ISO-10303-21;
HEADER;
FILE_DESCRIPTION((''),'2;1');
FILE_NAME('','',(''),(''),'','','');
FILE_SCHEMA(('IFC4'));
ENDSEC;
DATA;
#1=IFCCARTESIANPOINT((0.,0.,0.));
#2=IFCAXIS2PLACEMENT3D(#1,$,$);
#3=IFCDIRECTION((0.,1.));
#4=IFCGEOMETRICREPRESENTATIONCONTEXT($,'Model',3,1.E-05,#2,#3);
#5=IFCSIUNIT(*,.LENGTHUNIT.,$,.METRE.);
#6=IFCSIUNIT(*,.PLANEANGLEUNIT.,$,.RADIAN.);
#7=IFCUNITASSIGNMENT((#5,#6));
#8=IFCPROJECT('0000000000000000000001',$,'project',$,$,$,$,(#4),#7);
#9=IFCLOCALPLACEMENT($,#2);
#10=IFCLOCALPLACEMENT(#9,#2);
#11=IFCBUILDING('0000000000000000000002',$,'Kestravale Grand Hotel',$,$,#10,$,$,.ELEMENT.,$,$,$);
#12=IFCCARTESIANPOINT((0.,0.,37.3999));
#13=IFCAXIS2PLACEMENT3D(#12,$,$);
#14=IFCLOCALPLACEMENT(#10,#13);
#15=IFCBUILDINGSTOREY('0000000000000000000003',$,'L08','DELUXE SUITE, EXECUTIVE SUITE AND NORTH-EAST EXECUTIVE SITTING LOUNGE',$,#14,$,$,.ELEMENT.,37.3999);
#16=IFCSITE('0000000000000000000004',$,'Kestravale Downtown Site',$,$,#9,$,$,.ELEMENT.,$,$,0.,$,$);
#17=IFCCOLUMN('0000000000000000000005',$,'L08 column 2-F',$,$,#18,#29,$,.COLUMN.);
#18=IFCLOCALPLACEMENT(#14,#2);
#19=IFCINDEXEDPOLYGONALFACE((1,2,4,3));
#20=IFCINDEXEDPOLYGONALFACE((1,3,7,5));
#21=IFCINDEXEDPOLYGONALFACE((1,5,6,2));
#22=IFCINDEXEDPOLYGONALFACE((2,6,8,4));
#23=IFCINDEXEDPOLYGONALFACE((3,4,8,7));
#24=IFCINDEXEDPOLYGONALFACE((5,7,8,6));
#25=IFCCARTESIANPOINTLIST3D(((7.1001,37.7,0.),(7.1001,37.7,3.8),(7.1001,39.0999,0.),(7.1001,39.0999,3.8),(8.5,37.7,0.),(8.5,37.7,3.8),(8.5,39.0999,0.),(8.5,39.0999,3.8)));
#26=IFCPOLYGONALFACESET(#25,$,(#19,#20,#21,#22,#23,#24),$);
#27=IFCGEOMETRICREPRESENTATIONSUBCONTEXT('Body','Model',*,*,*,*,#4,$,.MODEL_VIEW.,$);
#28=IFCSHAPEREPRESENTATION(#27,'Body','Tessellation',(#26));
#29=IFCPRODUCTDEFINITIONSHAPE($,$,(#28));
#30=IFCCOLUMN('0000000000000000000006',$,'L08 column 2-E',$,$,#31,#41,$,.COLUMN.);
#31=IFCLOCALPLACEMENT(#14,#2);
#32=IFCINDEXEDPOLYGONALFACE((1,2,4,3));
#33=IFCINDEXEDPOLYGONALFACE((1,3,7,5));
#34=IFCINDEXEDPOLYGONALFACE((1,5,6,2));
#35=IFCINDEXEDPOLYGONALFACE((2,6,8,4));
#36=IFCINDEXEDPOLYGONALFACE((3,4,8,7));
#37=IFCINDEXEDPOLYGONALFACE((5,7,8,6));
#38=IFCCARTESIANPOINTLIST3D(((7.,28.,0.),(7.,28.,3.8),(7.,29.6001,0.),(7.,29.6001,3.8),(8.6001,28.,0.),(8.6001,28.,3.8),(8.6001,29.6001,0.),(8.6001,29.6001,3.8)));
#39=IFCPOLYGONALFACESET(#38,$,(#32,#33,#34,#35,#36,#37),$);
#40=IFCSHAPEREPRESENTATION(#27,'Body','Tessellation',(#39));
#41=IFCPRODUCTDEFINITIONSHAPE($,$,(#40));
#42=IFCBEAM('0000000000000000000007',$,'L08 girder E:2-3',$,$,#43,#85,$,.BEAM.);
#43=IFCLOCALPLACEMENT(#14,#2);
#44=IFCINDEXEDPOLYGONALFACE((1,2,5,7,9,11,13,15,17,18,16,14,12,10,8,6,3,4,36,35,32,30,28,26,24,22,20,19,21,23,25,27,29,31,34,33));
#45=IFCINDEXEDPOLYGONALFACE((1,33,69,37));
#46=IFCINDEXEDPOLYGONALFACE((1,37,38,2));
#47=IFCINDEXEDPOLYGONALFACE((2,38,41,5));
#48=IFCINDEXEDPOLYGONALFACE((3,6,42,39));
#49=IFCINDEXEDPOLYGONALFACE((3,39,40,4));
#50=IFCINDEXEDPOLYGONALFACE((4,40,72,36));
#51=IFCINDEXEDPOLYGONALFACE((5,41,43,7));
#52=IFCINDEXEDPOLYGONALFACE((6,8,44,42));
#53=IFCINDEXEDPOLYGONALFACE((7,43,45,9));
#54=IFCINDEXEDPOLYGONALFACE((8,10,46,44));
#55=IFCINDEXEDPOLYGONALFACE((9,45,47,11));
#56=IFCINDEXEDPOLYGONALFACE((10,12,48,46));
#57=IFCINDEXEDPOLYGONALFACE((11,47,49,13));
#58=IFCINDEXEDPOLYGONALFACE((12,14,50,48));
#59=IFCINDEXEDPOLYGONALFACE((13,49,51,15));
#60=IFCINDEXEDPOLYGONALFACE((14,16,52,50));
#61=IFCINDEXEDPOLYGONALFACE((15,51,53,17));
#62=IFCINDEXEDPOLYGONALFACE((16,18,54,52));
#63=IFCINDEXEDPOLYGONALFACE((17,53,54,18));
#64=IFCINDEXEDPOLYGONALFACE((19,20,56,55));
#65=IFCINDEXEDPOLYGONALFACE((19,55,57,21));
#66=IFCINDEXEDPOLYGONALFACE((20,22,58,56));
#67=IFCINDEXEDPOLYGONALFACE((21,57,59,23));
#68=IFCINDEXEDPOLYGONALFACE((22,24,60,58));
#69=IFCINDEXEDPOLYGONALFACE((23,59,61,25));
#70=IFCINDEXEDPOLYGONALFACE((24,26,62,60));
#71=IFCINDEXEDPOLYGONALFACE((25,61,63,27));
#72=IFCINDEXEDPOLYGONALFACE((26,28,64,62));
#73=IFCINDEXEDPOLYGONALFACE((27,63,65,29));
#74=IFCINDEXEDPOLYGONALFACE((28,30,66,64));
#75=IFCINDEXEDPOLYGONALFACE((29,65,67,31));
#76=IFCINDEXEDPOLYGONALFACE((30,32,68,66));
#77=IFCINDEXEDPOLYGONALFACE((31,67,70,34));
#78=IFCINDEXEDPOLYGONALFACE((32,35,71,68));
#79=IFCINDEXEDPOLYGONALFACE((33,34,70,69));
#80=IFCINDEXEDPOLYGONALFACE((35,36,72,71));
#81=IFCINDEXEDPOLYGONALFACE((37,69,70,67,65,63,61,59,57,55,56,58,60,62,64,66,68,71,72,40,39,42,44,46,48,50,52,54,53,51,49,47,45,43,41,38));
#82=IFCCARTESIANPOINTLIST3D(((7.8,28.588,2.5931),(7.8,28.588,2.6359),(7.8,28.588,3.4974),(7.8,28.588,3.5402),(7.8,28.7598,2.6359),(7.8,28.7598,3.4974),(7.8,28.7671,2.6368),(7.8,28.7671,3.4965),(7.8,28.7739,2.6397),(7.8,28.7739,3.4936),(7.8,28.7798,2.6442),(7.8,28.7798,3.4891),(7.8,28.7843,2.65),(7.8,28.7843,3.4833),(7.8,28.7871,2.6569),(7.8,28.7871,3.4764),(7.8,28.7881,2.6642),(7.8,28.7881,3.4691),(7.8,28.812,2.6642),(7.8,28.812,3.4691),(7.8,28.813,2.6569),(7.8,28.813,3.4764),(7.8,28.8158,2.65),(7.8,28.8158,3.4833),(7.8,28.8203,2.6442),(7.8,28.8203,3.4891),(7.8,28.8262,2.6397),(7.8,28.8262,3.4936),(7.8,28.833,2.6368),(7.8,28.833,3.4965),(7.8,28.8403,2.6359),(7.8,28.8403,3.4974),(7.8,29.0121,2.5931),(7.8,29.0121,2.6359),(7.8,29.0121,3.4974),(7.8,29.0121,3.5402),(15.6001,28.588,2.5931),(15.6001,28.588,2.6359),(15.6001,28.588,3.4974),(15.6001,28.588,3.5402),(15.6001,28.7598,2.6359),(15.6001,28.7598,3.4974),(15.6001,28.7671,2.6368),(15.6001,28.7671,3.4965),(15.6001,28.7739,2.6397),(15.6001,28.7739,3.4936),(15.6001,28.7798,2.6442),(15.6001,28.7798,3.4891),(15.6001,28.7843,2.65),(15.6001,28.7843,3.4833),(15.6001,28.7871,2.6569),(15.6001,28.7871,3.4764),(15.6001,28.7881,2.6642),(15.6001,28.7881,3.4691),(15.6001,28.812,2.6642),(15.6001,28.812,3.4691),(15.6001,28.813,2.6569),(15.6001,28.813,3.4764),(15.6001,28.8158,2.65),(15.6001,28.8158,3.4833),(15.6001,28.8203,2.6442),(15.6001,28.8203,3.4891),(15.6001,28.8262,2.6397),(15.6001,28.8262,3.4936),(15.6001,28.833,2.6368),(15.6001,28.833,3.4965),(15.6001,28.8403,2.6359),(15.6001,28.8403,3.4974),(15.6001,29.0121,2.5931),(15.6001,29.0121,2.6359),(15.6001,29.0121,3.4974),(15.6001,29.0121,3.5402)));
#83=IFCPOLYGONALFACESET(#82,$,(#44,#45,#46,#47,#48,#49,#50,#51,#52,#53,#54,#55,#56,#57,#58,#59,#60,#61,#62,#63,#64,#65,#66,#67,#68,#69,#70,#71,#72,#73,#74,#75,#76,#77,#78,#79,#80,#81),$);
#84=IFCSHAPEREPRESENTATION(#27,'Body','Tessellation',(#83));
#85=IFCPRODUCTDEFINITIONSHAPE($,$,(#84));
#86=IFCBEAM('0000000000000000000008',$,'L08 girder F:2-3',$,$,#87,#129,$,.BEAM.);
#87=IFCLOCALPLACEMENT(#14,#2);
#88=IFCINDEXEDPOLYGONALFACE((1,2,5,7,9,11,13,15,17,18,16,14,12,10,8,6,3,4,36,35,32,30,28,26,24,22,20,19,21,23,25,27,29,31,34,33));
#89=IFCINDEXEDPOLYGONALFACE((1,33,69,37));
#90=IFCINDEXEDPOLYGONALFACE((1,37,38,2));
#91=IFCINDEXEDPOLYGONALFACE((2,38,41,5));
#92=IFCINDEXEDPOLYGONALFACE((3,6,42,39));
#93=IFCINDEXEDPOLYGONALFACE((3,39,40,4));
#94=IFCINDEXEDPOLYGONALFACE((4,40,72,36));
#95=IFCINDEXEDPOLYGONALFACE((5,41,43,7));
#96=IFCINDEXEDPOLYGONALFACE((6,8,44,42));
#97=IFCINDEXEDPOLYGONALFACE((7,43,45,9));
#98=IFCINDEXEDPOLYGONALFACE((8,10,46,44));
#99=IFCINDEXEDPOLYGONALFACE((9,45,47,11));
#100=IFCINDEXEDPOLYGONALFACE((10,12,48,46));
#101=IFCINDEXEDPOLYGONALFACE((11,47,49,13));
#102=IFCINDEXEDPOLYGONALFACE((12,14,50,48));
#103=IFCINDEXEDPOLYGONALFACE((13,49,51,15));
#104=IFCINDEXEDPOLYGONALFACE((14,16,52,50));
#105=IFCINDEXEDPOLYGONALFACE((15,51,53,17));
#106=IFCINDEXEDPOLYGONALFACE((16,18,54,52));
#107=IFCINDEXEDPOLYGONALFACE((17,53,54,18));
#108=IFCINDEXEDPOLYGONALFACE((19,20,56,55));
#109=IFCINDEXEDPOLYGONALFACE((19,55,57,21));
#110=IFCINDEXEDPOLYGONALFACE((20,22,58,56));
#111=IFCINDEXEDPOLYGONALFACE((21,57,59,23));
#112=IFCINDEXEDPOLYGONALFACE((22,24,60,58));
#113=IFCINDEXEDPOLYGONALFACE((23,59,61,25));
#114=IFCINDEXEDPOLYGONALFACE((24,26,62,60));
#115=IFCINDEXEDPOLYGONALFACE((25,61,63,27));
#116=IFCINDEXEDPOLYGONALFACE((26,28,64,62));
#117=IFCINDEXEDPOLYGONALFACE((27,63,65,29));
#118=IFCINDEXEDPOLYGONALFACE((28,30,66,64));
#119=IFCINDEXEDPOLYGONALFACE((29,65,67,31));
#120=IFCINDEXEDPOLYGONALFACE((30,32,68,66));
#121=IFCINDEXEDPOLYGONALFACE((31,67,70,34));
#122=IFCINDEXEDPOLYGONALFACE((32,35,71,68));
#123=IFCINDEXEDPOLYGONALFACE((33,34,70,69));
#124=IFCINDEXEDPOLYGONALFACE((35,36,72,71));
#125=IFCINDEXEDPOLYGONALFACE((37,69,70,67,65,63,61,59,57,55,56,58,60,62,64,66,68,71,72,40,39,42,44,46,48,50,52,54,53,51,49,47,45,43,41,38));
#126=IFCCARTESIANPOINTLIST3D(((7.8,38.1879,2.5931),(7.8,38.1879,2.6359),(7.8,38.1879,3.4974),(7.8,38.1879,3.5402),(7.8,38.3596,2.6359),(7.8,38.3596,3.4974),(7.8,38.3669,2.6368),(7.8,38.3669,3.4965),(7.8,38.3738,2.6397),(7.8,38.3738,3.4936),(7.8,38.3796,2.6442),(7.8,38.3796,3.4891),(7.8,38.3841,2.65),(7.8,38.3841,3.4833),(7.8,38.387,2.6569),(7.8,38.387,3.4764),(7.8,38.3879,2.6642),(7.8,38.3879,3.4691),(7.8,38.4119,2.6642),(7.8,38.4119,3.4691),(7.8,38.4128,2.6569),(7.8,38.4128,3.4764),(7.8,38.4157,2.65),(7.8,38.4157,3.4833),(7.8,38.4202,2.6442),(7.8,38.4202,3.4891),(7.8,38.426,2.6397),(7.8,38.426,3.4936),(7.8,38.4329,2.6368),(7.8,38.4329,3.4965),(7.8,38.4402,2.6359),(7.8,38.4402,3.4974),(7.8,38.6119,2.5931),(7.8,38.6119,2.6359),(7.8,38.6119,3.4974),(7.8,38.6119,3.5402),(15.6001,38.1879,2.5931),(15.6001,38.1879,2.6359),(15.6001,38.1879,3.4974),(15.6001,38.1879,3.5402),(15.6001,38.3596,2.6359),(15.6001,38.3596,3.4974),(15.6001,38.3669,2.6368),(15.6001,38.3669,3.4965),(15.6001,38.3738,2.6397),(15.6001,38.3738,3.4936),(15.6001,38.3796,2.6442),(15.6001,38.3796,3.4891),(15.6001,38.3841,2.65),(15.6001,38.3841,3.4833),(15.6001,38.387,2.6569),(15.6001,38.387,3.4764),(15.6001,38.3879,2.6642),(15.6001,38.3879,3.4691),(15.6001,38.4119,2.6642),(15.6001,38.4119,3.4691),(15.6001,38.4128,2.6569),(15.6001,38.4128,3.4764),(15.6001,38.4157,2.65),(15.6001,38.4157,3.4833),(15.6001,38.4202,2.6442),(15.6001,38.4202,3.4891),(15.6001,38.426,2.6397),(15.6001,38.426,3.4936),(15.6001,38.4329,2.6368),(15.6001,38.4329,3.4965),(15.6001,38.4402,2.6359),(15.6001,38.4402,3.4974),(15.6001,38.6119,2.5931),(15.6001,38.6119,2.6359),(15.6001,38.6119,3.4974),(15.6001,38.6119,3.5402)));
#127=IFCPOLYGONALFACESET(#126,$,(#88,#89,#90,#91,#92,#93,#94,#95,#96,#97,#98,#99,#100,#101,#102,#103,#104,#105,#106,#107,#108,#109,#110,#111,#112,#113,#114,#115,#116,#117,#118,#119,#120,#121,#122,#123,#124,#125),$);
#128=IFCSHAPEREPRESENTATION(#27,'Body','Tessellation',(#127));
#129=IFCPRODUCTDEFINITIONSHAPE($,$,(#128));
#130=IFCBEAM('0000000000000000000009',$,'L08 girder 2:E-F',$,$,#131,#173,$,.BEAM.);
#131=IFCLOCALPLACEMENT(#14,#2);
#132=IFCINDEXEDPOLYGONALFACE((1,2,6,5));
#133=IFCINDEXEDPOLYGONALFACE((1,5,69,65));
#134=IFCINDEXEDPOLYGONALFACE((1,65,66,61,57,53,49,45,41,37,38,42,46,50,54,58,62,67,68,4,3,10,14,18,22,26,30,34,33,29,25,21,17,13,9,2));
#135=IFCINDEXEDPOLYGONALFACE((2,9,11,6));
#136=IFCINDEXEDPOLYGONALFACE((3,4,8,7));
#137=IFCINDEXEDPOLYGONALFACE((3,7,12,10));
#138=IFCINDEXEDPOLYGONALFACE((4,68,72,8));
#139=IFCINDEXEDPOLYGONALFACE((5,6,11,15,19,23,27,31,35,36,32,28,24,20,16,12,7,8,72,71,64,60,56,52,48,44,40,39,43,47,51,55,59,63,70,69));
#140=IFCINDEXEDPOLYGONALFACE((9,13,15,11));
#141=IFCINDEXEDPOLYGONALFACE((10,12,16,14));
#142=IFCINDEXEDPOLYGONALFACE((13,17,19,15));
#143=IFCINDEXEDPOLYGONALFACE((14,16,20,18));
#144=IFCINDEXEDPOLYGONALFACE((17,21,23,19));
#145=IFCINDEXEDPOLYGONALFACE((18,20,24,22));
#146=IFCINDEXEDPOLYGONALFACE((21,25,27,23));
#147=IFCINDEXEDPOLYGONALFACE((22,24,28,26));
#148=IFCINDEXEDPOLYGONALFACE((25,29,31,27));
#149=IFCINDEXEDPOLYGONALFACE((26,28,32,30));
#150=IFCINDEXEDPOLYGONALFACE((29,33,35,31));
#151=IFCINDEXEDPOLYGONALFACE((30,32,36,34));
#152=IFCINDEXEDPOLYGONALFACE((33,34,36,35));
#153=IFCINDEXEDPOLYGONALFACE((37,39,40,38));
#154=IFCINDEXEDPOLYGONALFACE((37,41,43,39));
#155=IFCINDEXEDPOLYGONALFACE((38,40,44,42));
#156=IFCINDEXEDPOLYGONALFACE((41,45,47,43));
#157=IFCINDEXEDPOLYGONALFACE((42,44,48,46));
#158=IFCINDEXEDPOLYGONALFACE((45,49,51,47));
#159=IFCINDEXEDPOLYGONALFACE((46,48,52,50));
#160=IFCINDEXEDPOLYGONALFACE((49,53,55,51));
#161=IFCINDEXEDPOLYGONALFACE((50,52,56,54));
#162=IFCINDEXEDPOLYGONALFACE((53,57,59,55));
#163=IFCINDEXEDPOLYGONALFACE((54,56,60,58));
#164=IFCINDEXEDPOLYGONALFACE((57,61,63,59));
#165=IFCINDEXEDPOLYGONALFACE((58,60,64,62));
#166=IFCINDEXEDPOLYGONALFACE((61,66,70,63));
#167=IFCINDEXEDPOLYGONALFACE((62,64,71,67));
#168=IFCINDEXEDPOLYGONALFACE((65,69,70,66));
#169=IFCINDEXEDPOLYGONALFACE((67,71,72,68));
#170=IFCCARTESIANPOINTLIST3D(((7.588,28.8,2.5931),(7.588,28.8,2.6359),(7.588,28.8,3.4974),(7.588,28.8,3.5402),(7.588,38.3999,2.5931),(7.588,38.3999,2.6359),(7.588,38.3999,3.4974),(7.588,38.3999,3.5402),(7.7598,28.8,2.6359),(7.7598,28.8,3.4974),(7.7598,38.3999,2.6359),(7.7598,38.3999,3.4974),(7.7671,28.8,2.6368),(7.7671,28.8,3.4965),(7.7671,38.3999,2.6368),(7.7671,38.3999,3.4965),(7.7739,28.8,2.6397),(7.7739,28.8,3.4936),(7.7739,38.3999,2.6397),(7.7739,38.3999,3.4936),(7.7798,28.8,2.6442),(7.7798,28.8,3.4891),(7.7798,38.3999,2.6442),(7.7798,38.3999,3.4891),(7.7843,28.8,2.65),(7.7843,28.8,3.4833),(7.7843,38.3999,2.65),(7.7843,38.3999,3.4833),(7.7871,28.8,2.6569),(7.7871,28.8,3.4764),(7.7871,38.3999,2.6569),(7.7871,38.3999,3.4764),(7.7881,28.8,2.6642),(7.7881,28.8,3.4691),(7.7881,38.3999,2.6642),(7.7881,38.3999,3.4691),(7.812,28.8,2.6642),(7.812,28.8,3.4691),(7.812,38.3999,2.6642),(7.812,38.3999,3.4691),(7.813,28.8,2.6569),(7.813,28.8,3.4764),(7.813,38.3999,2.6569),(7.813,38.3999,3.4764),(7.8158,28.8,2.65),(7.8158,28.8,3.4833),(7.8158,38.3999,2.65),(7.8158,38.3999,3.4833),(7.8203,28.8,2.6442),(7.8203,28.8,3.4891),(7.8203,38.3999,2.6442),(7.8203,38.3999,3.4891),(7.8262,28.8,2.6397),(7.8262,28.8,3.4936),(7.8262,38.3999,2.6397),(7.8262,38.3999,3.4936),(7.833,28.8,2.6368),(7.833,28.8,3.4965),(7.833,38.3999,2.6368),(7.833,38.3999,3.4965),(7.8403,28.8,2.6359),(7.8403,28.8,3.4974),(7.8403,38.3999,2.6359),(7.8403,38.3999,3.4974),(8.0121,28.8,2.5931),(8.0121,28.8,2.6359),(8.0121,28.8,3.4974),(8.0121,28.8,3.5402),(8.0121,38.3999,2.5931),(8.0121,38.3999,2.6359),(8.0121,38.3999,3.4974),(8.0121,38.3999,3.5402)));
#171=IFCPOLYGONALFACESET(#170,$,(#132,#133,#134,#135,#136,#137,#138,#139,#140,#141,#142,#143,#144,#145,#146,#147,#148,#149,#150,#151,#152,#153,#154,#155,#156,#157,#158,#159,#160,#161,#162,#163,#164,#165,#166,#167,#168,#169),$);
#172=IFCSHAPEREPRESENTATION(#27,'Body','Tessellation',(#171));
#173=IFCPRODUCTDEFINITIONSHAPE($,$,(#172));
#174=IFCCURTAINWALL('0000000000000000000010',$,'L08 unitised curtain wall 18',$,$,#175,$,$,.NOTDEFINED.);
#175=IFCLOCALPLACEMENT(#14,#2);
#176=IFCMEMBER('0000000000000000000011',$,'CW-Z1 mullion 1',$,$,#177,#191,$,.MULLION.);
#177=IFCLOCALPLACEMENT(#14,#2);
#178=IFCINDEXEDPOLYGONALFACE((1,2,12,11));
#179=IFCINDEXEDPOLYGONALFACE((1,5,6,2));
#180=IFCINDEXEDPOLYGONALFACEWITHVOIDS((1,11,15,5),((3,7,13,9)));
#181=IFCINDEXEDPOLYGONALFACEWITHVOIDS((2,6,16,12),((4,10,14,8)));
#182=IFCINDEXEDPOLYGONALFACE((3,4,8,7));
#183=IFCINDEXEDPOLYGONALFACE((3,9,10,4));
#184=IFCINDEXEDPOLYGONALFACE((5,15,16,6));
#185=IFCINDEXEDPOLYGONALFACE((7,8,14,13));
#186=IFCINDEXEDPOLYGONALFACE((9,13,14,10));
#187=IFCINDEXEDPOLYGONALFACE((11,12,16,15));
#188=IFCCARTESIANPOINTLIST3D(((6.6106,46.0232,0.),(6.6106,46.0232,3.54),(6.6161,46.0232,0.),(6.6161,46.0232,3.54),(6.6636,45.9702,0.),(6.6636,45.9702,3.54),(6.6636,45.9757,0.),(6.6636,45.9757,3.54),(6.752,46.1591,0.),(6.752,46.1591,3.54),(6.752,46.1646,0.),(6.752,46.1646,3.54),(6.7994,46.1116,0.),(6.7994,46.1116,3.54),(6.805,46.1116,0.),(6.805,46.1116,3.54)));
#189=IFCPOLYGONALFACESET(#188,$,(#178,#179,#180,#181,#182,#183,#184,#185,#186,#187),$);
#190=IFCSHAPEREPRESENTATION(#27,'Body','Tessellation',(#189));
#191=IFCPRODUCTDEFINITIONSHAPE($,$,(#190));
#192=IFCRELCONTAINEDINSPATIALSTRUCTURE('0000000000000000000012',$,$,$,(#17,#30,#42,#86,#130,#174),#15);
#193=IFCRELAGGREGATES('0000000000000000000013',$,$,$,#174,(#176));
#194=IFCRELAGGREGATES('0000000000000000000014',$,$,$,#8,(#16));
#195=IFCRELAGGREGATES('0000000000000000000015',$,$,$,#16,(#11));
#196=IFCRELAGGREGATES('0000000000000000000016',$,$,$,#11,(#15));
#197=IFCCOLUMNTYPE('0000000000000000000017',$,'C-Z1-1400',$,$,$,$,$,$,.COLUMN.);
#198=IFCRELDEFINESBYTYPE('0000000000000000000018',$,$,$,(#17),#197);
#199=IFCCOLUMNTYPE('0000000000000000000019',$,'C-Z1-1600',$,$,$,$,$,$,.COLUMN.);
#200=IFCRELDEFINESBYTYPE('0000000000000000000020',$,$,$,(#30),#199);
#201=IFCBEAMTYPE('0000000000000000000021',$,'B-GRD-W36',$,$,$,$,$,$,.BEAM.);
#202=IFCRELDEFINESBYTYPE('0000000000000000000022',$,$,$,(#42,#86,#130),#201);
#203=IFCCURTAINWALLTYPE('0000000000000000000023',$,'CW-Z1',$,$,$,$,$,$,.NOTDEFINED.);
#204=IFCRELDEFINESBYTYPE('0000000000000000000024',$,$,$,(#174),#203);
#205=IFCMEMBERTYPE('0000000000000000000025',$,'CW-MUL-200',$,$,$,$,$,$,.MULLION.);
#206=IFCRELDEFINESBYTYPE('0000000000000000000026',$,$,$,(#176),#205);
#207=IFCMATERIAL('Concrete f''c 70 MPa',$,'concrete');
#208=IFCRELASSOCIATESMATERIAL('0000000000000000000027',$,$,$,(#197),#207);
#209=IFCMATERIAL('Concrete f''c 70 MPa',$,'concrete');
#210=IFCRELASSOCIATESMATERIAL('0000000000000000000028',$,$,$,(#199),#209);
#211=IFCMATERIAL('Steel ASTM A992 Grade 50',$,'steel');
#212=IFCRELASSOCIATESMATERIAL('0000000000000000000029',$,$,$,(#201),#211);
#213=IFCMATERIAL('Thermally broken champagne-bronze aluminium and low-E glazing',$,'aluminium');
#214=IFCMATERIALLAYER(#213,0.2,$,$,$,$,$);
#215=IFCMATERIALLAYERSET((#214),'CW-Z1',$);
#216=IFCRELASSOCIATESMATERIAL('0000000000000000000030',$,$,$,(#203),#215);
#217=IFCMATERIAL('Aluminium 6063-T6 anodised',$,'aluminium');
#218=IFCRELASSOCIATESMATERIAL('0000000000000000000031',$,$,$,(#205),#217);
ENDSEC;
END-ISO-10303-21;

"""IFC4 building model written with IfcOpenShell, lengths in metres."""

from ifc_helpers import new_model, si_unit, direction, frame, origin, origin_2d, place, context, subcontext, project, spatial, rectangle, hollow_rectangle, i_section, extrude, material, layer, layer_set, material_profile, profile_set, type_object, element, aggregate, save


model = new_model("IFC4")

# Units and contexts
model_context = context("Model", 3, precision=1e-05, world=origin(), true_north=direction((0.0, 1.0)))
body_context = subcontext(model_context, "Body", "Model", "MODEL_VIEW")
ifc_project = project(units=[si_unit("LENGTHUNIT", "METRE"), si_unit("PLANEANGLEUNIT", "RADIAN")], contexts=[model_context])

# Site, building, storey
site_placement = place(None, origin())
site = spatial("IfcSite", under=ifc_project, at=site_placement, Name="Kestravale Downtown Site", CompositionType="ELEMENT", RefElevation=0.0)
building_placement = place(site_placement, origin())
building = spatial("IfcBuilding", under=site, at=building_placement, Name="Kestravale Grand Hotel", CompositionType="ELEMENT")
storey_placement = place(building_placement, frame((0.0, 0.0, 37.3999)))
storey = spatial("IfcBuildingStorey", under=building, at=storey_placement, Name="L08", Description="DELUXE SUITE, EXECUTIVE SUITE AND NORTH-EAST EXECUTIVE SITTING LOUNGE", CompositionType="ELEMENT", Elevation=37.3999)

# Columns
ifc_material_1 = material(Name="Concrete f'c 70 MPa", Category="concrete")
ifc_material_profile_1 = material_profile(ifc_material_1, rectangle(XDim=1.3999, YDim=1.3999, at=origin_2d()))
ifc_profile_set_1 = profile_set([ifc_material_profile_1], Name="Concrete f'c 70 MPa")
column_type_1 = type_object("IfcColumnType", Name="C-Z1-1400", PredefinedType="COLUMN", material=ifc_profile_set_1)
column_1_placement = place(storey_placement, frame((7.8, 38.3999, 0.0), z_axis=(0.0, 0.0, 1.0), x_axis=(1.0, 0.0, 0.0)))
element("IfcColumn", 1, at=column_1_placement, inside=storey, type_object=column_type_1, Name="L08 column 2-F", PredefinedType="COLUMN", context=body_context, shape_type="SweptSolid", body=[
    extrude(rectangle(XDim=1.3999, YDim=1.3999, at=origin_2d()), origin(), (0.0, 0.0, 1.0), 3.8),
])
ifc_material_2 = material(Name="Concrete f'c 70 MPa", Category="concrete")
ifc_material_profile_2 = material_profile(ifc_material_2, rectangle(XDim=1.6001, YDim=1.6001, at=origin_2d()))
ifc_profile_set_2 = profile_set([ifc_material_profile_2], Name="Concrete f'c 70 MPa")
column_type_2 = type_object("IfcColumnType", Name="C-Z1-1600", PredefinedType="COLUMN", material=ifc_profile_set_2)
column_2_placement = place(storey_placement, frame((7.8, 28.8, 0.0), z_axis=(0.0, 0.0, 1.0), x_axis=(1.0, 0.0, 0.0)))
element("IfcColumn", 2, at=column_2_placement, inside=storey, type_object=column_type_2, Name="L08 column 2-E", PredefinedType="COLUMN", context=body_context, shape_type="SweptSolid", body=[
    extrude(rectangle(XDim=1.6001, YDim=1.6001, at=origin_2d()), origin(), (0.0, 0.0, 1.0), 3.8),
])

# Beams
ifc_material_3 = material(Name="Steel ASTM A992 Grade 50", Category="steel")
ifc_material_profile_3 = material_profile(ifc_material_3, i_section(OverallWidth=0.4241, OverallDepth=0.947, WebThickness=0.0239, FlangeThickness=0.0427, FilletRadius=0.0283, at=origin_2d()))
ifc_profile_set_3 = profile_set([ifc_material_profile_3], Name="Steel ASTM A992 Grade 50")
beam_type = type_object("IfcBeamType", Name="B-GRD-W36", PredefinedType="BEAM", material=ifc_profile_set_3)
for number, where, z_axis, x_axis, name in (
    (3, (7.8, 28.8, 3.0667), (1.0, 0.0, 0.0), (0.0, 1.0, 0.0), "L08 girder E:2-3"),
    (4, (7.8, 38.3999, 3.0667), (1.0, 0.0, 0.0), (0.0, 1.0, 0.0), "L08 girder F:2-3"),
):
    element("IfcBeam", number, at=place(storey_placement, frame(where, z_axis=z_axis, x_axis=x_axis)), inside=storey, type_object=beam_type, Name=name, PredefinedType="BEAM", context=body_context, shape_type="SweptSolid", body=[
        extrude(i_section(OverallWidth=0.4241, OverallDepth=0.947, WebThickness=0.0239, FlangeThickness=0.0427, FilletRadius=0.0283, at=origin_2d()), origin(), (0.0, 0.0, 1.0), 7.8),
    ])
beam_placement = place(storey_placement, frame((7.8, 28.8, 3.0667), z_axis=(0.0, 1.0, 0.0), x_axis=(-1.0, 0.0, 0.0)))
element("IfcBeam", 5, at=beam_placement, inside=storey, type_object=beam_type, Name="L08 girder 2:E-F", PredefinedType="BEAM", context=body_context, shape_type="SweptSolid", body=[
    extrude(i_section(OverallWidth=0.4241, OverallDepth=0.947, WebThickness=0.0239, FlangeThickness=0.0427, FilletRadius=0.0283, at=origin_2d()), origin(), (0.0, 0.0, 1.0), 9.5999),
])

# Curtain wall, member
ifc_material_4 = material(Name="Thermally broken champagne-bronze aluminium and low-E glazing", Category="aluminium")
ifc_layer_1 = layer(ifc_material_4, 0.2)
ifc_layer_set_1 = layer_set([ifc_layer_1], Name="CW-Z1")
curtain_wall_type = type_object("IfcCurtainWallType", Name="CW-Z1", PredefinedType="NOTDEFINED", material=ifc_layer_set_1)
curtain_wall_placement = place(storey_placement, origin())
curtain_wall = element("IfcCurtainWall", 6, at=curtain_wall_placement, inside=storey, type_object=curtain_wall_type, Name="L08 unitised curtain wall 18", PredefinedType="NOTDEFINED")
ifc_material_5 = material(Name="Aluminium 6063-T6 anodised", Category="aluminium")
ifc_material_profile_4 = material_profile(ifc_material_5, hollow_rectangle(XDim=0.075, YDim=0.2, WallThickness=0.0039, at=origin_2d()))
ifc_profile_set_4 = profile_set([ifc_material_profile_4], Name="Aluminium 6063-T6 anodised")
member_type_1 = type_object("IfcMemberType", Name="CW-MUL-200", PredefinedType="MULLION", material=ifc_profile_set_4)
member_1_placement = place(storey_placement, frame((6.7078, 46.0674, 0.0), z_axis=(0.0, 0.0, 1.0), x_axis=(0.707107, -0.707107, 0.0)))
member_1 = element("IfcMember", 7, at=member_1_placement, type_object=member_type_1, Name="CW-Z1 mullion 1", PredefinedType="MULLION", context=body_context, shape_type="SweptSolid", body=[
    extrude(hollow_rectangle(XDim=0.075, YDim=0.2, WallThickness=0.0039, at=origin_2d()), origin(), (0.0, 0.0, 1.0), 3.54),
])
aggregate(curtain_wall, [member_1])

save(model, "model.ifc")
